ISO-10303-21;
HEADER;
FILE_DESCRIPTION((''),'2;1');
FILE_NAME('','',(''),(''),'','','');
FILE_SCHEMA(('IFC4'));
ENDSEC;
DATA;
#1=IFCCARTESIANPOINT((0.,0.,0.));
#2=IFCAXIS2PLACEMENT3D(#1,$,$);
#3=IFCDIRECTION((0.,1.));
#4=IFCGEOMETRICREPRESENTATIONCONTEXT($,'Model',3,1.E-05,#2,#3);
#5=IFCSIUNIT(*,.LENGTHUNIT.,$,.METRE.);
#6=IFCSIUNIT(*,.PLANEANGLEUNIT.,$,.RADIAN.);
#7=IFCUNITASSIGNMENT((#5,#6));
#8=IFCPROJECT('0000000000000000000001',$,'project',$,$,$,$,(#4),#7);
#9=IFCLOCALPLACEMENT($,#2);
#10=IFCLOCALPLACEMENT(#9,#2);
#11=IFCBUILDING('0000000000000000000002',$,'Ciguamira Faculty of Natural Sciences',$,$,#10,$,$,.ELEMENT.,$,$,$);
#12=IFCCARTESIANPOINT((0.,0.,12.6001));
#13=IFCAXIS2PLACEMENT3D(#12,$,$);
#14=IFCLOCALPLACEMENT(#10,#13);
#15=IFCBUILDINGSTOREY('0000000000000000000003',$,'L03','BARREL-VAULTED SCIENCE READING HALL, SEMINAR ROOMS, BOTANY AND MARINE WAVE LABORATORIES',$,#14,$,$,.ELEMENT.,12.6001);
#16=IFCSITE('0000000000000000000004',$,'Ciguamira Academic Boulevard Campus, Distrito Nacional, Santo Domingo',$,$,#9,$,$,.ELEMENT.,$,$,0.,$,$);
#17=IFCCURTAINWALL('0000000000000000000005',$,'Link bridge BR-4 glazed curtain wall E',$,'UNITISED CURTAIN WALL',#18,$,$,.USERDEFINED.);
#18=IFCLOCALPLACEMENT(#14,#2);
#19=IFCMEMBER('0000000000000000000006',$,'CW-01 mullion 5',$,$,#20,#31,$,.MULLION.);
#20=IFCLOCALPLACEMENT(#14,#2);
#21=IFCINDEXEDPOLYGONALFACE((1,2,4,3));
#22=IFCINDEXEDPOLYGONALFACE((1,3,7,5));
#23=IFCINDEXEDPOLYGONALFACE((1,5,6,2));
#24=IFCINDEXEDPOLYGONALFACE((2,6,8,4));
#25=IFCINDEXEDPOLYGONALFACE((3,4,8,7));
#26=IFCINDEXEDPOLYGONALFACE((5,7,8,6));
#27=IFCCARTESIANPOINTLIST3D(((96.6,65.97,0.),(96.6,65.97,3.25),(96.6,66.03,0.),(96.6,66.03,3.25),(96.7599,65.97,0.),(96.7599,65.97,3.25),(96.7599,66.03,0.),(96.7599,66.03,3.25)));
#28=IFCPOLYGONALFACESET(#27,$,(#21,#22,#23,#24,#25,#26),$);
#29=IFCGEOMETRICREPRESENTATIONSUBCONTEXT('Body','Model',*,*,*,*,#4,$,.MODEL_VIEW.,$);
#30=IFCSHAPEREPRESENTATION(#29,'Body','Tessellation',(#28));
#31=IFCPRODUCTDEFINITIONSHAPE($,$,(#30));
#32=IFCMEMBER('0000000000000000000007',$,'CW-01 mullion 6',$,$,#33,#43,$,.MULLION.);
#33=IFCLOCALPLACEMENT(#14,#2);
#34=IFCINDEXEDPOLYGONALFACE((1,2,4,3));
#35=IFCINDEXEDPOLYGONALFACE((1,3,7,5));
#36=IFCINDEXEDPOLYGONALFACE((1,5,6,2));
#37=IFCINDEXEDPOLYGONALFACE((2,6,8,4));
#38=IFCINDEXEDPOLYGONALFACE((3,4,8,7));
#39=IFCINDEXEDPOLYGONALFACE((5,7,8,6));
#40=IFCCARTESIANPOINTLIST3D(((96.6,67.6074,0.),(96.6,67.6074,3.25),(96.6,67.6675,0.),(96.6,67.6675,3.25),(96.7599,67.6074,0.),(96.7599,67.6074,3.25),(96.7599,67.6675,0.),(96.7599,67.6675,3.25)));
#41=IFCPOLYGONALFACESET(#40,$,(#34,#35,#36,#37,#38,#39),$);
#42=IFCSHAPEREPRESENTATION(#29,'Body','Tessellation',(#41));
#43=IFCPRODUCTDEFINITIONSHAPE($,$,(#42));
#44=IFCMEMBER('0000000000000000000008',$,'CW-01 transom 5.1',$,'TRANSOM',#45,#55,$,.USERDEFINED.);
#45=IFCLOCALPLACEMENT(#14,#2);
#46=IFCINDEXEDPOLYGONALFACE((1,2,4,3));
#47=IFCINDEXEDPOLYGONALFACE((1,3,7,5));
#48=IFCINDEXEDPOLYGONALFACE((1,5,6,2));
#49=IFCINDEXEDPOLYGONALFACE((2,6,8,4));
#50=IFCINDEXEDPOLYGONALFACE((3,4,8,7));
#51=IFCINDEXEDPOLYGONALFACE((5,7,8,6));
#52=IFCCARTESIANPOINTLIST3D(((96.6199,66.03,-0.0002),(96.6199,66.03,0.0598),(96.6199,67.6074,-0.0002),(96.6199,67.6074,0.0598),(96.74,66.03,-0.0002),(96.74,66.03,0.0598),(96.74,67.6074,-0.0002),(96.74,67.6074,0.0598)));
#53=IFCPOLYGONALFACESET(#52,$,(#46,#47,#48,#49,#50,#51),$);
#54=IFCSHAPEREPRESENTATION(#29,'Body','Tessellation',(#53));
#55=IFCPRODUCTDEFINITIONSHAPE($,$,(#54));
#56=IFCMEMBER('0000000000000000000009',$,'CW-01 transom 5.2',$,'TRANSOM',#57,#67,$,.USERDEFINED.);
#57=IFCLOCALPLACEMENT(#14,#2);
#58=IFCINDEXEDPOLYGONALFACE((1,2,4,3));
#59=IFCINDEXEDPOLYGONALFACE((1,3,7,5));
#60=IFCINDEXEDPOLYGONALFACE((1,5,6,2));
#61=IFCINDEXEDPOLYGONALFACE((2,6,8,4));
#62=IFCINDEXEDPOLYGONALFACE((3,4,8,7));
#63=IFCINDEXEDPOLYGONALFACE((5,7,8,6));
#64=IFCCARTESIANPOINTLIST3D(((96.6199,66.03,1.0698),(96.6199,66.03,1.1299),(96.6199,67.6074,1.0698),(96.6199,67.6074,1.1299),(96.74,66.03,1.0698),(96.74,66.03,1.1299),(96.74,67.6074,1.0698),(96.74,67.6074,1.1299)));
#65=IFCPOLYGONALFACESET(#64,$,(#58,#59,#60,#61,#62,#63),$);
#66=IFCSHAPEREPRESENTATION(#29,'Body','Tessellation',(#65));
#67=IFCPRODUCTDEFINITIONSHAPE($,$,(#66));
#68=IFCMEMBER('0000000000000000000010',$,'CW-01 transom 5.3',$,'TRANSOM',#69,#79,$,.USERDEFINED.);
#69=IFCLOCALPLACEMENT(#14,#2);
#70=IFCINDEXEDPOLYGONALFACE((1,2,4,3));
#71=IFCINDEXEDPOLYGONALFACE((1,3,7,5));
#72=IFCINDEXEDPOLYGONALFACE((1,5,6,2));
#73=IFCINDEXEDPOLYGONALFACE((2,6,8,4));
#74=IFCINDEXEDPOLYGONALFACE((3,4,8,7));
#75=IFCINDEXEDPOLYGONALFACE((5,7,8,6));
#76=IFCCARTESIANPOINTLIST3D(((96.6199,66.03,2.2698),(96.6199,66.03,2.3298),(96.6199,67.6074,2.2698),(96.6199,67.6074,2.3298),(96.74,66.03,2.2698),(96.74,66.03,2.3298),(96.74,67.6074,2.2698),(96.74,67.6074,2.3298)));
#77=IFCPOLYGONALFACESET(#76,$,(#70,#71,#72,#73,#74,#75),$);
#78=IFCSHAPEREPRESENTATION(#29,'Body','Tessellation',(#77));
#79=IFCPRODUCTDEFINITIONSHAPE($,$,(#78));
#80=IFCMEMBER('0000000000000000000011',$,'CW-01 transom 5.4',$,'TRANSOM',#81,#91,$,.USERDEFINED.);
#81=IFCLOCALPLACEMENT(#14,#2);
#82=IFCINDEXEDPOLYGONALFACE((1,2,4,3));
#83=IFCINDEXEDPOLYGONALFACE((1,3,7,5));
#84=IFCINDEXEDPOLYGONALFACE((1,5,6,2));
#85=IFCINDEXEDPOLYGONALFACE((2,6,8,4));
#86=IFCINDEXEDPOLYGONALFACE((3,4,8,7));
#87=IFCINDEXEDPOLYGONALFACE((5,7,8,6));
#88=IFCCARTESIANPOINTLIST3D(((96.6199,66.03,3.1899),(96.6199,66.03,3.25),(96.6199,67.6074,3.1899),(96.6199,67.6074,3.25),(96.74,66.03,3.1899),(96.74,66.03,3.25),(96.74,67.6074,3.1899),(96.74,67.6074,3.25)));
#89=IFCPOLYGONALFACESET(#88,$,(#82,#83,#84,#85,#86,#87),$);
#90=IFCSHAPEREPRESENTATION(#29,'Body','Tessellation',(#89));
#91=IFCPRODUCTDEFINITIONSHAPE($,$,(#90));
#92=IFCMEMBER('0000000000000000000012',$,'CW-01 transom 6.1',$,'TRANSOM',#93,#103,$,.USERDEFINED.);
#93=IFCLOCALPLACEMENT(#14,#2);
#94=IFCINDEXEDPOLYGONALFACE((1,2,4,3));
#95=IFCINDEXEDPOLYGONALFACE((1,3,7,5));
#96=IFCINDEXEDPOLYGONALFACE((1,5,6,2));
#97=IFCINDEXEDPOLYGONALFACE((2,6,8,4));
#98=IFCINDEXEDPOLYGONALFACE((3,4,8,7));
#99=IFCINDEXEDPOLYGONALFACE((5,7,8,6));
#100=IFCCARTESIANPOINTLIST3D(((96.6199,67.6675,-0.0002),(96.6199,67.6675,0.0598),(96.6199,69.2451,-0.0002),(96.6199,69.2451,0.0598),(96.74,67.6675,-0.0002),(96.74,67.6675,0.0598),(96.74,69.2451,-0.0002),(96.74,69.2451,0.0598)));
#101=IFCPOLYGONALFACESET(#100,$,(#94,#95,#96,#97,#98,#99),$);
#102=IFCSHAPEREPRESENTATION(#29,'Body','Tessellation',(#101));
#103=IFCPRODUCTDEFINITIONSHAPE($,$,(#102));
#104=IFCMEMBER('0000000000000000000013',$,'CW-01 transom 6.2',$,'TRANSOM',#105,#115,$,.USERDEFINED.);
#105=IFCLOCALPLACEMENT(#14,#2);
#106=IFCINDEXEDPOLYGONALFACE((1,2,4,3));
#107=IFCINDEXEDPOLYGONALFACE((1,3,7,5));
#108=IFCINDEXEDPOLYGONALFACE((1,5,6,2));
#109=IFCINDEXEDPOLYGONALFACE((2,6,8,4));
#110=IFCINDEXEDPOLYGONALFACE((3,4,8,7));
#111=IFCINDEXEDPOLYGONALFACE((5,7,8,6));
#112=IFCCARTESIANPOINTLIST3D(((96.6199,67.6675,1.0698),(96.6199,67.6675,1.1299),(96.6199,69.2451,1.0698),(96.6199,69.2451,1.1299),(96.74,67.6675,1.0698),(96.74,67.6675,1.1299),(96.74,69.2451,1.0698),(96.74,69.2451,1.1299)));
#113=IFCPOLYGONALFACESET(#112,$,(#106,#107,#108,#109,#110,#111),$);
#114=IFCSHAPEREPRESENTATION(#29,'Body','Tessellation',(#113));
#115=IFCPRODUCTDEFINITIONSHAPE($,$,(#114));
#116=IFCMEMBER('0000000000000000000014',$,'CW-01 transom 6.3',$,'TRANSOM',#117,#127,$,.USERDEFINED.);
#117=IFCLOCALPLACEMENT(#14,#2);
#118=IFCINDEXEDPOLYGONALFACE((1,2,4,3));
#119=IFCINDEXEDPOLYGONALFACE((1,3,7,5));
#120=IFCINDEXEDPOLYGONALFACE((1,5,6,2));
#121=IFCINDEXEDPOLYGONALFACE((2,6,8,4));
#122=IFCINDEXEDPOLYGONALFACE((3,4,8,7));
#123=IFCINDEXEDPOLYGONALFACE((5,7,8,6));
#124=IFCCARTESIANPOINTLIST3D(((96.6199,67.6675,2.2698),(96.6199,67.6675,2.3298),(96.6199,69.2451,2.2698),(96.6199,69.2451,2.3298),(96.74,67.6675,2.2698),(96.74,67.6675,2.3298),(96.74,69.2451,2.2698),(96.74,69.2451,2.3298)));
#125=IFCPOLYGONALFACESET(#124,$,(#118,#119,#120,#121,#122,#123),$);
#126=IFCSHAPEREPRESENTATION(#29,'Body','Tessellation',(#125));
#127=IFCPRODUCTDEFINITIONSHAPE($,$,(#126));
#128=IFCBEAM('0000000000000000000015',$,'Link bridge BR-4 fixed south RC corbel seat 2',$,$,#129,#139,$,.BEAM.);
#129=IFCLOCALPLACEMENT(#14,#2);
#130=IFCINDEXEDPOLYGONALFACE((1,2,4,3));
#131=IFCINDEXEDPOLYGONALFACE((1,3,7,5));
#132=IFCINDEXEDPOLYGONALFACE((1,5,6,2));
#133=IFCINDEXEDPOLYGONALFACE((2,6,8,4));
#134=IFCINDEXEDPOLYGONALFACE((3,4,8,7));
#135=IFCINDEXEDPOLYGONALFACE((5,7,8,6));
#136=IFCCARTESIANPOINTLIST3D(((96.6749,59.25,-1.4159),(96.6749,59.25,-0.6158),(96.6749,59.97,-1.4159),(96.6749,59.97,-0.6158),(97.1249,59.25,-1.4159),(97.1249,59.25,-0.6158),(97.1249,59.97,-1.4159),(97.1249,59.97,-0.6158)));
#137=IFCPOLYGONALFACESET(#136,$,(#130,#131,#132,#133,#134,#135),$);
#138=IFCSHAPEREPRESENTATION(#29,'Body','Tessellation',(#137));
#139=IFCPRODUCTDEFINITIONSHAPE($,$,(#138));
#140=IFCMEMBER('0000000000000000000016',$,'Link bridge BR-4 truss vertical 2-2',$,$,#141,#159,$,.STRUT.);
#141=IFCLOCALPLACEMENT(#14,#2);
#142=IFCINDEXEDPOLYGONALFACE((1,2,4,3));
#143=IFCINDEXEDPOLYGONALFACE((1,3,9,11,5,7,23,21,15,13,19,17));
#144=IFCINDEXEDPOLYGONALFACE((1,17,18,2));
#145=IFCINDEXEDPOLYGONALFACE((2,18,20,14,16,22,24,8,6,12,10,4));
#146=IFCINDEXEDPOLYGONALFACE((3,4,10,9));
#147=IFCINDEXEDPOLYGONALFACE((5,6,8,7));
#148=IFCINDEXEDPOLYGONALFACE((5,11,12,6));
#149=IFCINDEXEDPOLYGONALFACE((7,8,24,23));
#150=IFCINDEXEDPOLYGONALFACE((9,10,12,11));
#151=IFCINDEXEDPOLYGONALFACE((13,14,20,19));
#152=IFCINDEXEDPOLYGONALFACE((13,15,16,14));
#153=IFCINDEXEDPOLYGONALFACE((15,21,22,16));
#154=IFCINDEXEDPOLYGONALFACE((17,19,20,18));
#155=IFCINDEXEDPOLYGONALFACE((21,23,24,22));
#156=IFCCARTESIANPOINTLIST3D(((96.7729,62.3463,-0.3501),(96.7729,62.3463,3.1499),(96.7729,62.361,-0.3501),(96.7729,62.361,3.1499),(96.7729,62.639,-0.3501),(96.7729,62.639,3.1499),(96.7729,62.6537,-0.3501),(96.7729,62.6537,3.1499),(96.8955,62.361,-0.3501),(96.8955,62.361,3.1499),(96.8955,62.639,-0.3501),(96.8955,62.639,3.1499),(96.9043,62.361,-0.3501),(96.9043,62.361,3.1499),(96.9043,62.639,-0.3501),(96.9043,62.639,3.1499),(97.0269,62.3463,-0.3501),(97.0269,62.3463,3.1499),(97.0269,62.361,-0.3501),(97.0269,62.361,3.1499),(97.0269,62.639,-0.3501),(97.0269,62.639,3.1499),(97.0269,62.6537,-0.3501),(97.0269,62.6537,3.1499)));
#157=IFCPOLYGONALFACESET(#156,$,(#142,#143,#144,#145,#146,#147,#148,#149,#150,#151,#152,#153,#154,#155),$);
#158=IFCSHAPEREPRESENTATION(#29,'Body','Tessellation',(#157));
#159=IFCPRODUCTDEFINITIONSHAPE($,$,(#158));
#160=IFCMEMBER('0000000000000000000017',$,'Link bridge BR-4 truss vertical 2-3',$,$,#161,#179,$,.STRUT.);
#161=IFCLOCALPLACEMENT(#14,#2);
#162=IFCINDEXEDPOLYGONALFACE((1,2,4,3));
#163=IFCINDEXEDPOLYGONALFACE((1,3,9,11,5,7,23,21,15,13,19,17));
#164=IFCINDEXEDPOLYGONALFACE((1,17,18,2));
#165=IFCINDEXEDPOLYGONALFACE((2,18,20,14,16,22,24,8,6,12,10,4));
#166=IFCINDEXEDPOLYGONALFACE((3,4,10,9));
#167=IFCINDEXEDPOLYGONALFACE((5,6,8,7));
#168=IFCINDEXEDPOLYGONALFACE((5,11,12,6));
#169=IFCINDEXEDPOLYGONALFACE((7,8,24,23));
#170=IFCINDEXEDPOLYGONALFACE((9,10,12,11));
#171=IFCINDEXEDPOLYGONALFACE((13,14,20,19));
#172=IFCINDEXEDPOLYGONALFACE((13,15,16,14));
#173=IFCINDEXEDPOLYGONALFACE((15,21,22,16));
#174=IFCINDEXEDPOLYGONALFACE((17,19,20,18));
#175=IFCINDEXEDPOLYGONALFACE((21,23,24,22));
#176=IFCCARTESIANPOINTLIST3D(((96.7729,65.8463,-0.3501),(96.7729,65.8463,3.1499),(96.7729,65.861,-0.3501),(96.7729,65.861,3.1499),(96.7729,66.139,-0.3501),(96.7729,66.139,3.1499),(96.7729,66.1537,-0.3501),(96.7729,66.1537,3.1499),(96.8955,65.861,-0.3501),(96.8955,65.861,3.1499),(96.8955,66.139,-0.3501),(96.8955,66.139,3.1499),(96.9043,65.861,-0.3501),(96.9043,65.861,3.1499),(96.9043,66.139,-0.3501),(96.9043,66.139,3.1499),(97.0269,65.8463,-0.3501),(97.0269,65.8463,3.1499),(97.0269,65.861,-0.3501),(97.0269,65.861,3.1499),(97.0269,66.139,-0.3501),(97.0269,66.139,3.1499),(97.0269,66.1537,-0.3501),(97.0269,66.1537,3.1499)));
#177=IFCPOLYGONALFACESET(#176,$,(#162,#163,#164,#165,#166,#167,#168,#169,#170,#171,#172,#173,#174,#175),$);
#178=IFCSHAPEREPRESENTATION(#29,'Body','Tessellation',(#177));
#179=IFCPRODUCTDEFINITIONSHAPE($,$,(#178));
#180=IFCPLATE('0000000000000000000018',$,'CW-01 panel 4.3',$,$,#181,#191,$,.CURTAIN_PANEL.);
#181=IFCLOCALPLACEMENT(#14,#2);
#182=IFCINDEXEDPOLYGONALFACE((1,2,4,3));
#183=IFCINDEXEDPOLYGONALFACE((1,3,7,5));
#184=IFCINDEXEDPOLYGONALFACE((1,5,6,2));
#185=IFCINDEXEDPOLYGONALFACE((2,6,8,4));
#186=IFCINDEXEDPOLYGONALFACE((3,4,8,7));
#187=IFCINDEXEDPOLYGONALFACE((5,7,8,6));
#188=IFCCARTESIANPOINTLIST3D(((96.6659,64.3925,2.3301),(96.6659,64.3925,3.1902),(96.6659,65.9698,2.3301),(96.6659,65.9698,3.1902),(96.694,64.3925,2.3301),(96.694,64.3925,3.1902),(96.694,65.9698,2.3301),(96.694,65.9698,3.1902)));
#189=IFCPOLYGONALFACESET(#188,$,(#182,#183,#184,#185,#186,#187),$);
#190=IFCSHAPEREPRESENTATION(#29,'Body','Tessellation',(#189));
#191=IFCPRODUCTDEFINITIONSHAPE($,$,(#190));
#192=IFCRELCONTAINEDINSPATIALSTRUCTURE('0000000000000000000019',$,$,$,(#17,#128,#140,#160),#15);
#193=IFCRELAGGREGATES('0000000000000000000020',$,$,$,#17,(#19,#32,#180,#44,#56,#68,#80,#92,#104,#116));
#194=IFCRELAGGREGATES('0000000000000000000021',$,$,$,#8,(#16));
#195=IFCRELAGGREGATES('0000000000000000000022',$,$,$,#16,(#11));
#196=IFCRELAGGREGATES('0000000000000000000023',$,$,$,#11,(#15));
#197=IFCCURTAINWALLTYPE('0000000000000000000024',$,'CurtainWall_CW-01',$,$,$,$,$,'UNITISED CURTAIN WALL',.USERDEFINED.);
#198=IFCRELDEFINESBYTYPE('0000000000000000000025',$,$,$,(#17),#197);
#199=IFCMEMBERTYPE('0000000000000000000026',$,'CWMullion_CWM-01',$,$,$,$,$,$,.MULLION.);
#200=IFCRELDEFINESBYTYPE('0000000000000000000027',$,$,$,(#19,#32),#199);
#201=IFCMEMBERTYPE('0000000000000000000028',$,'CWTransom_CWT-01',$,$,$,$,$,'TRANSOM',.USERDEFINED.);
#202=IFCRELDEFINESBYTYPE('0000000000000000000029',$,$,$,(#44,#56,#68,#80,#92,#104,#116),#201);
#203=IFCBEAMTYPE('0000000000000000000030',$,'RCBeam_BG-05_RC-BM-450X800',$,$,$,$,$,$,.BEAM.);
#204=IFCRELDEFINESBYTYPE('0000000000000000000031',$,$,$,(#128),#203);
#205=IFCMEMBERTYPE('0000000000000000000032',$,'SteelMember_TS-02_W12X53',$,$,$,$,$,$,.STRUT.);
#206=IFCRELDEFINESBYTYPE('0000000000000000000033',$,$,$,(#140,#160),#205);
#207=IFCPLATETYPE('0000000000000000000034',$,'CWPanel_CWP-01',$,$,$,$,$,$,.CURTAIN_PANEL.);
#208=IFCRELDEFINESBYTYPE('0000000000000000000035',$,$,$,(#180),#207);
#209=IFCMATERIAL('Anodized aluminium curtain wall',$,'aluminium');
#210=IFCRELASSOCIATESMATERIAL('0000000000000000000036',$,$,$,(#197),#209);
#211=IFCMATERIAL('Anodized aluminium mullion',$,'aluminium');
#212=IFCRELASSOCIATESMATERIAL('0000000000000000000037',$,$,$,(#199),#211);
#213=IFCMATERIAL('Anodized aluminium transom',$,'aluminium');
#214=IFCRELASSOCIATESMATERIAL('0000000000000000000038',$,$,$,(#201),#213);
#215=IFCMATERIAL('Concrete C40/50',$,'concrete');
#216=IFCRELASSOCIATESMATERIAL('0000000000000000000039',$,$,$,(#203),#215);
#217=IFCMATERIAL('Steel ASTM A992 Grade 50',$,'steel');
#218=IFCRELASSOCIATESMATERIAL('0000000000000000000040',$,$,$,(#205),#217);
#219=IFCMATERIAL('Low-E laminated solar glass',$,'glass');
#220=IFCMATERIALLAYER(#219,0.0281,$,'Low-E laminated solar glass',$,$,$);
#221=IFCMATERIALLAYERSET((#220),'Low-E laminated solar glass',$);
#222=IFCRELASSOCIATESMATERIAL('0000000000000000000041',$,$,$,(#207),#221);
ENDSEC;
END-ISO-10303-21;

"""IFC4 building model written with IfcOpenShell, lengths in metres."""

from ifc_helpers import new_model, si_unit, direction, frame, origin, origin_2d, place, context, subcontext, project, spatial, rectangle, i_section, extrude, material, layer, layer_set, material_profile, profile_set, type_object, element, aggregate, save


model = new_model("IFC4")

# Units and contexts
model_context = context("Model", 3, precision=1e-05, world=origin(), true_north=direction((0.0, 1.0)))
body_context = subcontext(model_context, "Body", "Model", "MODEL_VIEW")
ifc_project = project(units=[si_unit("LENGTHUNIT", "METRE"), si_unit("PLANEANGLEUNIT", "RADIAN")], contexts=[model_context])

# Site, building, storey
site_placement = place(None, origin())
site = spatial("IfcSite", under=ifc_project, at=site_placement, Name="Ciguamira Academic Boulevard Campus, Distrito Nacional, Santo Domingo", CompositionType="ELEMENT", RefElevation=0.0)
building_placement = place(site_placement, origin())
building = spatial("IfcBuilding", under=site, at=building_placement, Name="Ciguamira Faculty of Natural Sciences", CompositionType="ELEMENT")
storey_placement = place(building_placement, frame((0.0, 0.0, 12.6001)))
storey = spatial("IfcBuildingStorey", under=building, at=storey_placement, Name="L03", Description="BARREL-VAULTED SCIENCE READING HALL, SEMINAR ROOMS, BOTANY AND MARINE WAVE LABORATORIES", CompositionType="ELEMENT", Elevation=12.6001)

# Curtain wall, members
ifc_material_1 = material(Name="Anodized aluminium curtain wall", Category="aluminium")
curtain_wall_type = type_object("IfcCurtainWallType", Name="CurtainWall_CW-01", ElementType="UNITISED CURTAIN WALL", PredefinedType="USERDEFINED", material=ifc_material_1)
curtain_wall_placement = place(storey_placement, origin())
curtain_wall = element("IfcCurtainWall", 1, at=curtain_wall_placement, inside=storey, type_object=curtain_wall_type, Name="Link bridge BR-4 glazed curtain wall E", ObjectType="UNITISED CURTAIN WALL", PredefinedType="USERDEFINED")
ifc_material_2 = material(Name="Anodized aluminium mullion", Category="aluminium")
ifc_material_profile_1 = material_profile(ifc_material_2, rectangle(XDim=0.0601, YDim=0.1599, at=origin_2d()), Name="ALU-MUL-60X160")
ifc_profile_set_1 = profile_set([ifc_material_profile_1], Name="Anodized aluminium mullion")
member_type_1 = type_object("IfcMemberType", Name="CWMullion_CWM-01", PredefinedType="MULLION", material=ifc_profile_set_1)
member_1_placement = place(storey_placement, frame((96.6799, 66.0, 0.0), z_axis=(0.0, 0.0, 1.0), x_axis=(0.0, 1.0, 0.0)))
member_1 = element("IfcMember", 2, at=member_1_placement, type_object=member_type_1, Name="CW-01 mullion 5", PredefinedType="MULLION", context=body_context, shape_type="SweptSolid", body=[
    extrude(rectangle(XDim=0.0601, YDim=0.1599, at=origin_2d()), origin(), (0.0, 0.0, 1.0), 3.25),
])
member_2_placement = place(storey_placement, frame((96.6799, 67.6375, 0.0), z_axis=(0.0, 0.0, 1.0), x_axis=(0.0, 1.0, 0.0)))
member_2 = element("IfcMember", 3, at=member_2_placement, type_object=member_type_1, Name="CW-01 mullion 6", PredefinedType="MULLION", context=body_context, shape_type="SweptSolid", body=[
    extrude(rectangle(XDim=0.0601, YDim=0.1599, at=origin_2d()), origin(), (0.0, 0.0, 1.0), 3.25),
])
ifc_material_3 = material(Name="Anodized aluminium transom", Category="aluminium")
ifc_material_profile_2 = material_profile(ifc_material_3, rectangle(XDim=0.0601, YDim=0.1201, at=origin_2d()), Name="ALU-TRN-60X120")
ifc_profile_set_2 = profile_set([ifc_material_profile_2], Name="Anodized aluminium transom")
member_type_2 = type_object("IfcMemberType", Name="CWTransom_CWT-01", ElementType="TRANSOM", PredefinedType="USERDEFINED", material=ifc_profile_set_2)
member_3_placement = place(storey_placement, frame((96.6799, 66.03, 0.0298), z_axis=(0.0, 1.0, 0.0), x_axis=(0.0, 0.0, 1.0)))
member_3 = element("IfcMember", 4, at=member_3_placement, type_object=member_type_2, Name="CW-01 transom 5.1", ObjectType="TRANSOM", PredefinedType="USERDEFINED", context=body_context, shape_type="SweptSolid", body=[
    extrude(rectangle(XDim=0.0601, YDim=0.1201, at=origin_2d()), origin(), (0.0, 0.0, 1.0), 1.5774),
])
member_4_placement = place(storey_placement, frame((96.6799, 66.03, 1.0999), z_axis=(0.0, 1.0, 0.0), x_axis=(0.0, 0.0, 1.0)))
member_4 = element("IfcMember", 5, at=member_4_placement, type_object=member_type_2, Name="CW-01 transom 5.2", ObjectType="TRANSOM", PredefinedType="USERDEFINED", context=body_context, shape_type="SweptSolid", body=[
    extrude(rectangle(XDim=0.0601, YDim=0.1201, at=origin_2d()), origin(), (0.0, 0.0, 1.0), 1.5774),
])
member_5_placement = place(storey_placement, frame((96.6799, 66.03, 2.2998), z_axis=(0.0, 1.0, 0.0), x_axis=(0.0, 0.0, 1.0)))
member_5 = element("IfcMember", 6, at=member_5_placement, type_object=member_type_2, Name="CW-01 transom 5.3", ObjectType="TRANSOM", PredefinedType="USERDEFINED", context=body_context, shape_type="SweptSolid", body=[
    extrude(rectangle(XDim=0.0601, YDim=0.1201, at=origin_2d()), origin(), (0.0, 0.0, 1.0), 1.5774),
])
member_6_placement = place(storey_placement, frame((96.6799, 66.03, 3.22), z_axis=(0.0, 1.0, 0.0), x_axis=(0.0, 0.0, 1.0)))
member_6 = element("IfcMember", 7, at=member_6_placement, type_object=member_type_2, Name="CW-01 transom 5.4", ObjectType="TRANSOM", PredefinedType="USERDEFINED", context=body_context, shape_type="SweptSolid", body=[
    extrude(rectangle(XDim=0.0601, YDim=0.1201, at=origin_2d()), origin(), (0.0, 0.0, 1.0), 1.5774),
])
member_7_placement = place(storey_placement, frame((96.6799, 67.6675, 0.0298), z_axis=(0.0, 1.0, 0.0), x_axis=(0.0, 0.0, 1.0)))
member_7 = element("IfcMember", 8, at=member_7_placement, type_object=member_type_2, Name="CW-01 transom 6.1", ObjectType="TRANSOM", PredefinedType="USERDEFINED", context=body_context, shape_type="SweptSolid", body=[
    extrude(rectangle(XDim=0.0601, YDim=0.1201, at=origin_2d()), origin(), (0.0, 0.0, 1.0), 1.5776),
])
member_8_placement = place(storey_placement, frame((96.6799, 67.6675, 1.0999), z_axis=(0.0, 1.0, 0.0), x_axis=(0.0, 0.0, 1.0)))
member_8 = element("IfcMember", 9, at=member_8_placement, type_object=member_type_2, Name="CW-01 transom 6.2", ObjectType="TRANSOM", PredefinedType="USERDEFINED", context=body_context, shape_type="SweptSolid", body=[
    extrude(rectangle(XDim=0.0601, YDim=0.1201, at=origin_2d()), origin(), (0.0, 0.0, 1.0), 1.5776),
])
member_9_placement = place(storey_placement, frame((96.6799, 67.6675, 2.2998), z_axis=(0.0, 1.0, 0.0), x_axis=(0.0, 0.0, 1.0)))
member_9 = element("IfcMember", 10, at=member_9_placement, type_object=member_type_2, Name="CW-01 transom 6.3", ObjectType="TRANSOM", PredefinedType="USERDEFINED", context=body_context, shape_type="SweptSolid", body=[
    extrude(rectangle(XDim=0.0601, YDim=0.1201, at=origin_2d()), origin(), (0.0, 0.0, 1.0), 1.5776),
])

# Beam
ifc_material_4 = material(Name="Concrete C40/50", Category="concrete")
ifc_material_profile_3 = material_profile(ifc_material_4, rectangle(XDim=0.45, YDim=0.8, at=origin_2d()), Name="RC-BM-450X800")
ifc_profile_set_3 = profile_set([ifc_material_profile_3], Name="Concrete C40/50")
beam_type = type_object("IfcBeamType", Name="RCBeam_BG-05_RC-BM-450X800", PredefinedType="BEAM", material=ifc_profile_set_3)
beam_placement = place(storey_placement, frame((96.8999, 59.25, -1.0159), z_axis=(0.0, 1.0, 0.0), x_axis=(-1.0, 0.0, 0.0)))
element("IfcBeam", 11, at=beam_placement, inside=storey, type_object=beam_type, Name="Link bridge BR-4 fixed south RC corbel seat 2", PredefinedType="BEAM", context=body_context, shape_type="SweptSolid", body=[
    extrude(rectangle(XDim=0.45, YDim=0.8, at=origin_2d()), origin(), (0.0, 0.0, 1.0), 0.72),
])

# Members
ifc_material_5 = material(Name="Steel ASTM A992 Grade 50", Category="steel")
ifc_material_profile_4 = material_profile(ifc_material_5, i_section(OverallWidth=0.2539, OverallDepth=0.3074, WebThickness=0.0088, FlangeThickness=0.0146, at=origin_2d()), Name="W12X53")
ifc_profile_set_4 = profile_set([ifc_material_profile_4], Name="Steel ASTM A992 Grade 50")
member_type_3 = type_object("IfcMemberType", Name="SteelMember_TS-02_W12X53", PredefinedType="STRUT", material=ifc_profile_set_4)
for number, where, z_axis, x_axis, name in (
    (12, (96.8999, 62.5, -0.3501), (0.0, 0.0, 1.0), (1.0, 0.0, 0.0), "Link bridge BR-4 truss vertical 2-2"),
    (13, (96.8999, 66.0, -0.3501), (0.0, 0.0, 1.0), (1.0, 0.0, 0.0), "Link bridge BR-4 truss vertical 2-3"),
):
    element("IfcMember", number, at=place(storey_placement, frame(where, z_axis=z_axis, x_axis=x_axis)), inside=storey, type_object=member_type_3, Name=name, PredefinedType="STRUT", context=body_context, shape_type="SweptSolid", body=[
        extrude(i_section(OverallWidth=0.2539, OverallDepth=0.3074, WebThickness=0.0088, FlangeThickness=0.0146, at=origin_2d()), origin(), (0.0, 0.0, 1.0), 3.5),
    ])

# Plate
ifc_material_6 = material(Name="Low-E laminated solar glass", Category="glass")
ifc_layer_1 = layer(ifc_material_6, 0.0281, Name="Low-E laminated solar glass")
ifc_layer_set_1 = layer_set([ifc_layer_1], Name="Low-E laminated solar glass")
plate_type_1 = type_object("IfcPlateType", Name="CWPanel_CWP-01", PredefinedType="CURTAIN_PANEL", material=ifc_layer_set_1)
plate_1_placement = place(storey_placement, frame((96.6799, 65.1812, 2.3301), z_axis=(0.0, 0.0, 1.0), x_axis=(0.0, 1.0, 0.0)))
plate_1 = element("IfcPlate", 14, at=plate_1_placement, type_object=plate_type_1, Name="CW-01 panel 4.3", PredefinedType="CURTAIN_PANEL", context=body_context, shape_type="SweptSolid", body=[
    extrude(rectangle(XDim=1.5774, YDim=0.0281, at=origin_2d()), origin(), (0.0, 0.0, 1.0), 0.8601),
])
aggregate(curtain_wall, [member_1, member_2, plate_1, member_3, member_4, member_5, member_6, member_7, member_8, member_9])

save(model, "model.ifc")
